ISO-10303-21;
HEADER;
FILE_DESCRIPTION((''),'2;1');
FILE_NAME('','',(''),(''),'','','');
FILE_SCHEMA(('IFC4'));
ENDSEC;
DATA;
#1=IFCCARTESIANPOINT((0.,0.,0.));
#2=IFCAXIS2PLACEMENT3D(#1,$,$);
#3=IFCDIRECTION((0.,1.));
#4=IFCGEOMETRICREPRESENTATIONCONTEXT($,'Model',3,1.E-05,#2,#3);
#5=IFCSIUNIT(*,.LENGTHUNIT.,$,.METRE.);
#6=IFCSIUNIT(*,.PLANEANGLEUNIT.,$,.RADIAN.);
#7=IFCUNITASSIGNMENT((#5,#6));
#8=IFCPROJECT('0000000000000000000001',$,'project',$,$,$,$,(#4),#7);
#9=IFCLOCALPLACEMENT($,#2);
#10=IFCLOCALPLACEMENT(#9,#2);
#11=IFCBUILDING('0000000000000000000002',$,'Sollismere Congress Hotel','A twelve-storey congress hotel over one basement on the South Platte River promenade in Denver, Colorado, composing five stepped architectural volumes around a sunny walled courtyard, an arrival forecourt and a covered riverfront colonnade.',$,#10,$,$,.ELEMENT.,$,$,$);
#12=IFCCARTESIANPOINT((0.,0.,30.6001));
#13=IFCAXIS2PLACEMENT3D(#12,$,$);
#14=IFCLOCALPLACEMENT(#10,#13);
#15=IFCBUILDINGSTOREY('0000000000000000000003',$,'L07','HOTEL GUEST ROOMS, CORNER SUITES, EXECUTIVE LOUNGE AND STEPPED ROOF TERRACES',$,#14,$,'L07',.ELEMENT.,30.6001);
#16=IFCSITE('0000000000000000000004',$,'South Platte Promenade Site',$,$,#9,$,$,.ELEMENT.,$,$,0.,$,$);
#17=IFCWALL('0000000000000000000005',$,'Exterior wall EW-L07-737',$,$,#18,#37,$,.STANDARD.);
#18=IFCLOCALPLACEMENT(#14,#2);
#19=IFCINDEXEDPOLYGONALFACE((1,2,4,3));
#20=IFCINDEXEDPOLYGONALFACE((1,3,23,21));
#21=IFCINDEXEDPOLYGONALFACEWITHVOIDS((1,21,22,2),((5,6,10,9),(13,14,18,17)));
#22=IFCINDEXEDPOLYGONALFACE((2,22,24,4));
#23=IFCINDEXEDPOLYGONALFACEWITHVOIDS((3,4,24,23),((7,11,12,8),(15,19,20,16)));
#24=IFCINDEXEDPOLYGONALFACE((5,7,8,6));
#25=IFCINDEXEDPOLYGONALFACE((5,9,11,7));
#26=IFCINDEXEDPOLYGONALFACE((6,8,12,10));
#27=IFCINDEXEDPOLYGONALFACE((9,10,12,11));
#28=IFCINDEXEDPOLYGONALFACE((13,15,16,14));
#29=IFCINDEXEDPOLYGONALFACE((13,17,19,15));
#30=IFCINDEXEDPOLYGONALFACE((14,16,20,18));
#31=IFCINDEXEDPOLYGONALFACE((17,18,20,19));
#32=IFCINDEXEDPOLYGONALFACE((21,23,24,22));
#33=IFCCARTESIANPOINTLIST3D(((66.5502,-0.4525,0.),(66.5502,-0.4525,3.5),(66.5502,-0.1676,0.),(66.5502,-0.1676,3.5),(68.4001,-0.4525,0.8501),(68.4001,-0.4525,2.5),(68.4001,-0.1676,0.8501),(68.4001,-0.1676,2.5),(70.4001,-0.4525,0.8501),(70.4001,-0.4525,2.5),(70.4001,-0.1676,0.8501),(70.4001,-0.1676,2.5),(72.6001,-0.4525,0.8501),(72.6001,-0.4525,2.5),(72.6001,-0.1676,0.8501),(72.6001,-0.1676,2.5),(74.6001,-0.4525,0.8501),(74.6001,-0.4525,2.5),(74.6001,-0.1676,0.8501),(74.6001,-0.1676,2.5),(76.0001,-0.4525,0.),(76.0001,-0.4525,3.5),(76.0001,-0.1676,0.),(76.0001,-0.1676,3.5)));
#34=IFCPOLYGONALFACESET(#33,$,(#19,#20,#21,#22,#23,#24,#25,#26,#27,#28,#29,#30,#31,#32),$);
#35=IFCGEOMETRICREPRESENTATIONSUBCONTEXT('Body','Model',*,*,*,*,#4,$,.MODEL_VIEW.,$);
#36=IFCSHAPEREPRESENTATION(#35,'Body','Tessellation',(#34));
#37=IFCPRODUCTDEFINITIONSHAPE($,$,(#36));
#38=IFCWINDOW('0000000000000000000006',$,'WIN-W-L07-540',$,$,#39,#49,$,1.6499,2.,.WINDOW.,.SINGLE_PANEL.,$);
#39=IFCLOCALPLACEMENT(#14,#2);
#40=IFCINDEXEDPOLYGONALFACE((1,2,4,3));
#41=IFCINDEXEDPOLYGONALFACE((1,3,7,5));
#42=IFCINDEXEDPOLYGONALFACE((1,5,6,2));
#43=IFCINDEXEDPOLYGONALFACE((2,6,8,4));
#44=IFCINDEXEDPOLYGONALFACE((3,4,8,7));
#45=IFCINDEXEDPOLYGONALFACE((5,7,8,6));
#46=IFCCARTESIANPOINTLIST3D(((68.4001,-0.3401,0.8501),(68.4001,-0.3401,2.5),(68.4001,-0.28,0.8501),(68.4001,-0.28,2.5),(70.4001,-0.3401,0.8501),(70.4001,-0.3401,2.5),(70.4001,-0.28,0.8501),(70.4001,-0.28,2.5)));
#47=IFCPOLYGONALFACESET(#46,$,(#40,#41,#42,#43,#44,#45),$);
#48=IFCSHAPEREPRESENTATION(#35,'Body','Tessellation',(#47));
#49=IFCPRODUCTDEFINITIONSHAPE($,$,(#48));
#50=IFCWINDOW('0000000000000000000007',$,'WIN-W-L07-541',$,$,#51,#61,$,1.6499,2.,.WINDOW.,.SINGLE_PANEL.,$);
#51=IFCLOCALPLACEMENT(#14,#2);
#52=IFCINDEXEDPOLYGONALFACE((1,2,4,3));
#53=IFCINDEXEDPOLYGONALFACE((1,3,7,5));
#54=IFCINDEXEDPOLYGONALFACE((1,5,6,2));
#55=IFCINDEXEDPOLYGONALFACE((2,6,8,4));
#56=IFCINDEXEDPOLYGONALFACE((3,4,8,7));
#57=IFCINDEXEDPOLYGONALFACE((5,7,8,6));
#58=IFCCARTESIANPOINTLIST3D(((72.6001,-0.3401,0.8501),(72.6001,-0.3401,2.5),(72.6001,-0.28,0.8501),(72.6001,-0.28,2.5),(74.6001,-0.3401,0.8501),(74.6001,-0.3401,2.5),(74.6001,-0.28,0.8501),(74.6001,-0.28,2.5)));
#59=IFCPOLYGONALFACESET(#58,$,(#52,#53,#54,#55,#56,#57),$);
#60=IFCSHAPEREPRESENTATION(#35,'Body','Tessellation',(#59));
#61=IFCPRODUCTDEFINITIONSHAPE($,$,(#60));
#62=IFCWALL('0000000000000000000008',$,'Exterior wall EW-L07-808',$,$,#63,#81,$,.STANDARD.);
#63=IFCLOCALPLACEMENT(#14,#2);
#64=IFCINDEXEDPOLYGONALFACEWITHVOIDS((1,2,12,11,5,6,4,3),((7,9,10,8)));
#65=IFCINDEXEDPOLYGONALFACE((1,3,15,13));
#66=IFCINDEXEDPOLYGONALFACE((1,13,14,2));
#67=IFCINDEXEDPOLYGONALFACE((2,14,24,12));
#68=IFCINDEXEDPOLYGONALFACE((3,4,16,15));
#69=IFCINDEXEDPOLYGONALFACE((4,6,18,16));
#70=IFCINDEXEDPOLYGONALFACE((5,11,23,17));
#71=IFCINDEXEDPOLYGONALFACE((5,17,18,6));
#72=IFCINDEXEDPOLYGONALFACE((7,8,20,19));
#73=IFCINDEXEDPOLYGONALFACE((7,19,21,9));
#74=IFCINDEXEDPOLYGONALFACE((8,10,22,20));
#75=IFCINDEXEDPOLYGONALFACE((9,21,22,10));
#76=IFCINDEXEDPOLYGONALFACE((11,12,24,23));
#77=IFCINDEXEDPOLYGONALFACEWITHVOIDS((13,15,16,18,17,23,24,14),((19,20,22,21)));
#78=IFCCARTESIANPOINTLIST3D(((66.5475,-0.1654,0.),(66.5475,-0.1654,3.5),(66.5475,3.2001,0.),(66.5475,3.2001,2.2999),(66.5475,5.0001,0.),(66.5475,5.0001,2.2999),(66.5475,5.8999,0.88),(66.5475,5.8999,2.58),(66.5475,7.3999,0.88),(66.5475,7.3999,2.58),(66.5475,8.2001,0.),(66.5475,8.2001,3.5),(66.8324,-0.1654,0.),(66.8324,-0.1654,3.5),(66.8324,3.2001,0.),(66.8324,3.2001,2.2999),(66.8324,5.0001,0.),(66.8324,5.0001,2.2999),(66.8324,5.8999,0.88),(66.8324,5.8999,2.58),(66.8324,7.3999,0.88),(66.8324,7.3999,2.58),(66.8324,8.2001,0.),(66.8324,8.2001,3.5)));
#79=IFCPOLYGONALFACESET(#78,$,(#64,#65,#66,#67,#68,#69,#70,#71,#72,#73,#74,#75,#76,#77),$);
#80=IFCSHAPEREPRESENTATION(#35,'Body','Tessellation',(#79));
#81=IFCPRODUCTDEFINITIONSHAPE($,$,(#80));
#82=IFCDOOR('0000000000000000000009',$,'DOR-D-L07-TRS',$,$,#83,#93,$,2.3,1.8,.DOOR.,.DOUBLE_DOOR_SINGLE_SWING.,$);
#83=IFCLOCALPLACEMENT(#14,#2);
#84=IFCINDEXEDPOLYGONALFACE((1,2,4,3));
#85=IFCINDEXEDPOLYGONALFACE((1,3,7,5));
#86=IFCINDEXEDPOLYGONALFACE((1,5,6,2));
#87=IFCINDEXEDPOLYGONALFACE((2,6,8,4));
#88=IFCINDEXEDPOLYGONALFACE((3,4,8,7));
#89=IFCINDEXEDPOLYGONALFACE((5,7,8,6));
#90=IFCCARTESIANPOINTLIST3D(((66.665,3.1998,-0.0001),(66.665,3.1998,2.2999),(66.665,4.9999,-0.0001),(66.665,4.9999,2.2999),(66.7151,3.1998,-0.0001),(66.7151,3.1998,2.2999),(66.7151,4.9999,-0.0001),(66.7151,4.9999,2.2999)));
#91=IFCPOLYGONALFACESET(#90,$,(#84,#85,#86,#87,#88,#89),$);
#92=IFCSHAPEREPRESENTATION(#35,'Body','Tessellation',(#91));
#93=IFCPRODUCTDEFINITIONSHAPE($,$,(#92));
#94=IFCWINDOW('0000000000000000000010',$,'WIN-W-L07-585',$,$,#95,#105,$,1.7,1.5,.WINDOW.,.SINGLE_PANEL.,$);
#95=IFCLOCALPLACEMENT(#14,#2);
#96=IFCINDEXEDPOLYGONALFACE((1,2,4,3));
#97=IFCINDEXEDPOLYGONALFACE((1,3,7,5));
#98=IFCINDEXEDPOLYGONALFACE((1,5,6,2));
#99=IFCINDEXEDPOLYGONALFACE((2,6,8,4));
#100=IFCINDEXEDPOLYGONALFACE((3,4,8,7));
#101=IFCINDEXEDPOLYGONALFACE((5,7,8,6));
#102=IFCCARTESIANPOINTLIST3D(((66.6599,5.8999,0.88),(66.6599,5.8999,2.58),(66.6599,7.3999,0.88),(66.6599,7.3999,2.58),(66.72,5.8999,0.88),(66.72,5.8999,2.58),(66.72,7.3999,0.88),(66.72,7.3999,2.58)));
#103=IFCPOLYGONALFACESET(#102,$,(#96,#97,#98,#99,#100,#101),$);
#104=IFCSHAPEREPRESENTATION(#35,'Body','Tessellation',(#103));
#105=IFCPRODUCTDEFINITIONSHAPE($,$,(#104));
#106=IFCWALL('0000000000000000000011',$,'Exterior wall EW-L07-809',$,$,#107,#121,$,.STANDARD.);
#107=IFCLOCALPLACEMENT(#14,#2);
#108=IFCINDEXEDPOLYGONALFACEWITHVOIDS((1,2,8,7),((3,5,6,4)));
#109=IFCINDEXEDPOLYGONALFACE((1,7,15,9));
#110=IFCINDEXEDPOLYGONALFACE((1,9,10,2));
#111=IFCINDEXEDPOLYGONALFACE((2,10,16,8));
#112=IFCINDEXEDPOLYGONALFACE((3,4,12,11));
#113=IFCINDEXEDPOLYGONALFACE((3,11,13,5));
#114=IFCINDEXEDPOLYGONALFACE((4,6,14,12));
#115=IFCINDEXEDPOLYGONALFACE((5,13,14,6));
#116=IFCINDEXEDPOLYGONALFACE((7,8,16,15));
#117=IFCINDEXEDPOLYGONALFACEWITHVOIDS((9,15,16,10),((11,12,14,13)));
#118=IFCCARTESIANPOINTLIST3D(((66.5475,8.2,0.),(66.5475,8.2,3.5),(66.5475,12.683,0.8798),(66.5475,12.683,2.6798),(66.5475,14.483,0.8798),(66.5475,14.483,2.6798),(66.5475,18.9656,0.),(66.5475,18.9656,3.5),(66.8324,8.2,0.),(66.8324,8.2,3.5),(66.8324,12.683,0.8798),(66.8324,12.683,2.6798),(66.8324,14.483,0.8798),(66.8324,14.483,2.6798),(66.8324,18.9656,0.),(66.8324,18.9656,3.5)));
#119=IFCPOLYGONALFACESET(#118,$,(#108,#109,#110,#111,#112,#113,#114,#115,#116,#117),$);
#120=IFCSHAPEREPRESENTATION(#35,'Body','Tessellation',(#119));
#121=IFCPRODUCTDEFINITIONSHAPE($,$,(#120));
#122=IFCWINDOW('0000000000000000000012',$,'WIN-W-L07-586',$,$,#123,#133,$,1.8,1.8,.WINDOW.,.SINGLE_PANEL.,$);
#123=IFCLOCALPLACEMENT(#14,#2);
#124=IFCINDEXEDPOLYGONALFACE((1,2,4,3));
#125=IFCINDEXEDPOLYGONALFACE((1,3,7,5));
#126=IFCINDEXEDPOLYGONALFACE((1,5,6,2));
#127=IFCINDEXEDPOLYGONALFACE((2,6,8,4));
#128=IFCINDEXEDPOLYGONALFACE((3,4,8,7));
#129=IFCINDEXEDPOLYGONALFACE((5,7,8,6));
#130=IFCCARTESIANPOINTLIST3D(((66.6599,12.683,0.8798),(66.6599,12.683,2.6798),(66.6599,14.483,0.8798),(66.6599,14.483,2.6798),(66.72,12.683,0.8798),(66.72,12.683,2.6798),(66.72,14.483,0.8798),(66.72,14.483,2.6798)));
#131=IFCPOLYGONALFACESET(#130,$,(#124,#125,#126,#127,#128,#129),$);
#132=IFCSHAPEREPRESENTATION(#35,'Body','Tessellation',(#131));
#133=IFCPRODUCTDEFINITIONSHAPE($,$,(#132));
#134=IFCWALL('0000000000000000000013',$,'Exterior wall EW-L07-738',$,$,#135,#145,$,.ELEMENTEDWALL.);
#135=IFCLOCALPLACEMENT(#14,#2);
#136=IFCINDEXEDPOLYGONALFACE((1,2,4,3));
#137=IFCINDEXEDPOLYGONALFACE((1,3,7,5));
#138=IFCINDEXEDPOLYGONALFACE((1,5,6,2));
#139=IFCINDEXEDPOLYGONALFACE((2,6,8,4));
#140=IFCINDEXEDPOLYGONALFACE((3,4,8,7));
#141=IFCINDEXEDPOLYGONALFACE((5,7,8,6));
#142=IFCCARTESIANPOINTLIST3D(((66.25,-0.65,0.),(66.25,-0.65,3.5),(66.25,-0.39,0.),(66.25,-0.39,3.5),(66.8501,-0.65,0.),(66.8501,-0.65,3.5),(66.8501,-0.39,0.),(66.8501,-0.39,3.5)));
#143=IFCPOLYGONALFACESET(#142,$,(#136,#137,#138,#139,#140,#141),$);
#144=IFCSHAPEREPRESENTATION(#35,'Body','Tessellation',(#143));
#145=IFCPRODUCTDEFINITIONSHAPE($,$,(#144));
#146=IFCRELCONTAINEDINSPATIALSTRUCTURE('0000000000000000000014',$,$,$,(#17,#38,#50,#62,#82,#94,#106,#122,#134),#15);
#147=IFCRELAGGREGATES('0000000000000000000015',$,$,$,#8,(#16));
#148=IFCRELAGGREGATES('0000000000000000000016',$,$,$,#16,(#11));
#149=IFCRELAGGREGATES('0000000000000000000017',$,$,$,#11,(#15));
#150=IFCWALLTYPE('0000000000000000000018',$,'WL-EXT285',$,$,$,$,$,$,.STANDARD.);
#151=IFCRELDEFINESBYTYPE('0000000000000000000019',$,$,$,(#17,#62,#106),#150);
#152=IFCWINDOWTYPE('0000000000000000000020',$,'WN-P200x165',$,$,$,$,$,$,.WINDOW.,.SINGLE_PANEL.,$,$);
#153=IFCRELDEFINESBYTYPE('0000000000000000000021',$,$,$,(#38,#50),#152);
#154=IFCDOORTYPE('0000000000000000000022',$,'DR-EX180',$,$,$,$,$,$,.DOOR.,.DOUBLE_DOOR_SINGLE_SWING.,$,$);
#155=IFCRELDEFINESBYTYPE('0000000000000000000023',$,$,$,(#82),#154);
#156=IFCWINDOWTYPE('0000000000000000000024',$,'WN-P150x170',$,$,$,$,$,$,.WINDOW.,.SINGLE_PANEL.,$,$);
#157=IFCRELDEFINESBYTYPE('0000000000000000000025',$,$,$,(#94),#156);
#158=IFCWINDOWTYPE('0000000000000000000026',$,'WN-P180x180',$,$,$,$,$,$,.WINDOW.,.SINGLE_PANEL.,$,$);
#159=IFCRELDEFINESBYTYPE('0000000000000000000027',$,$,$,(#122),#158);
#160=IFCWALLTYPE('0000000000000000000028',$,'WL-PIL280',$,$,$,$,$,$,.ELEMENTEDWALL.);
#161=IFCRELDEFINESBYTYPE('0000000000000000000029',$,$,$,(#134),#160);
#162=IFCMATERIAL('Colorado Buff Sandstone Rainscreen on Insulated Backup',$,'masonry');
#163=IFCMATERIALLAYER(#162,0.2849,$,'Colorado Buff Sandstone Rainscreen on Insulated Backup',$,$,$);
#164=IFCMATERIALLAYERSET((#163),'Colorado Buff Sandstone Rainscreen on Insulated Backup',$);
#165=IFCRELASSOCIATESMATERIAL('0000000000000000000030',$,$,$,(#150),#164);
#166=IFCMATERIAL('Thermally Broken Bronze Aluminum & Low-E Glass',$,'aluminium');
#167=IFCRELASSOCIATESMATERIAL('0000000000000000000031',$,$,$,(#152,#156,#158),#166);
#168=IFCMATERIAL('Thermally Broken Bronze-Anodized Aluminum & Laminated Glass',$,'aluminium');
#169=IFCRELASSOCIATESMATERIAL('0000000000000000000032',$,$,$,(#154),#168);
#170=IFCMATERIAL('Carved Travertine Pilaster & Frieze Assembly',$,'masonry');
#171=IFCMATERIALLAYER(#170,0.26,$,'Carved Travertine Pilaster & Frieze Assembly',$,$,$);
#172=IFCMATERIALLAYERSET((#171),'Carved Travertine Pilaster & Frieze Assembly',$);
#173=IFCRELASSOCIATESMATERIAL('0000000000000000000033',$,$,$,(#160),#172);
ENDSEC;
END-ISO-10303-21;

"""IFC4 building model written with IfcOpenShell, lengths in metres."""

from ifc_helpers import new_model, si_unit, direction, frame, frame_2d, origin, place, context, subcontext, project, spatial, rectangle, extrude, material, layer, layer_set, type_object, element, fill, save


model = new_model("IFC4")

# Units and contexts
model_context = context("Model", 3, precision=1e-05, world=origin(), true_north=direction((0.0, 1.0)))
body_context = subcontext(model_context, "Body", "Model", "MODEL_VIEW")
ifc_project = project(units=[si_unit("LENGTHUNIT", "METRE"), si_unit("PLANEANGLEUNIT", "RADIAN")], contexts=[model_context])

# Site, building, storey
site_placement = place(None, origin())
site = spatial("IfcSite", under=ifc_project, at=site_placement, Name="South Platte Promenade Site", CompositionType="ELEMENT", RefElevation=0.0)
building_placement = place(site_placement, origin())
building = spatial("IfcBuilding", under=site, at=building_placement, Name="Sollismere Congress Hotel", Description="A twelve-storey congress hotel over one basement on the South Platte River promenade in Denver, Colorado, composing five stepped architectural volumes around a sunny walled courtyard, an arrival forecourt and a covered riverfront colonnade.", CompositionType="ELEMENT")
storey_placement = place(building_placement, frame((0.0, 0.0, 30.6001)))
storey = spatial("IfcBuildingStorey", under=building, at=storey_placement, Name="L07", Description="HOTEL GUEST ROOMS, CORNER SUITES, EXECUTIVE LOUNGE AND STEPPED ROOF TERRACES", LongName="L07", CompositionType="ELEMENT", Elevation=30.6001)

# Wall, openings, windows
ifc_material_1 = material(Name="Colorado Buff Sandstone Rainscreen on Insulated Backup", Category="masonry")
ifc_layer_1 = layer(ifc_material_1, 0.2849, Name="Colorado Buff Sandstone Rainscreen on Insulated Backup")
ifc_layer_set_1 = layer_set([ifc_layer_1], Name="Colorado Buff Sandstone Rainscreen on Insulated Backup")
wall_type_1 = type_object("IfcWallType", Name="WL-EXT285", PredefinedType="STANDARD", material=ifc_layer_set_1)
wall_1_placement = place(storey_placement, frame((66.55, -0.3101, 0.0), z_axis=(0.0, 0.0, 1.0), x_axis=(1.0, 0.0, 0.0)))
wall_1 = element("IfcWall", 1, at=wall_1_placement, inside=storey, type_object=wall_type_1, Name="Exterior wall EW-L07-737", PredefinedType="STANDARD", context=body_context, shape_type="SweptSolid", body=[
    extrude(rectangle(XDim=9.45, YDim=0.2849, at=frame_2d((4.7251, 0.0))), origin(), (0.0, 0.0, 1.0), 3.5),
])
opening_1_placement = place(wall_1_placement, frame((1.8501, 0.0, 0.8501)))
opening_1 = element("IfcOpeningElement", 2, at=opening_1_placement, cuts=wall_1, PredefinedType="OPENING", context=body_context, shape_type="SweptSolid", body=[
    extrude(rectangle(XDim=2.0, YDim=1.6499, at=frame_2d((1.0, 0.825))), frame((0.0, 0.1523, 0.0), z_axis=(0.0, -1.0, 0.0), x_axis=(1.0, 0.0, 0.0)), (0.0, 0.0, 1.0), 0.3049),
])
opening_2_placement = place(wall_1_placement, frame((6.05, 0.0, 0.8501)))
opening_2 = element("IfcOpeningElement", 3, at=opening_2_placement, cuts=wall_1, PredefinedType="OPENING", context=body_context, shape_type="SweptSolid", body=[
    extrude(rectangle(XDim=2.0, YDim=1.6499, at=frame_2d((1.0, 0.825))), frame((0.0, 0.1523, 0.0), z_axis=(0.0, -1.0, 0.0), x_axis=(1.0, 0.0, 0.0)), (0.0, 0.0, 1.0), 0.3049),
])
ifc_material_2 = material(Name="Thermally Broken Bronze Aluminum & Low-E Glass", Category="aluminium")
window_type_1 = type_object("IfcWindowType", Name="WN-P200x165", PartitioningType="SINGLE_PANEL", PredefinedType="WINDOW", material=ifc_material_2)
window_1_placement = place(opening_1_placement, origin())
window_1 = element("IfcWindow", 4, at=window_1_placement, inside=storey, type_object=window_type_1, Name="WIN-W-L07-540", OverallHeight=1.6499, OverallWidth=2.0, PartitioningType="SINGLE_PANEL", PredefinedType="WINDOW", context=body_context, shape_type="SweptSolid", body=[
    extrude(rectangle(XDim=2.0, YDim=1.6499, at=frame_2d((1.0, 0.825))), frame((0.0, 0.03, 0.0), z_axis=(0.0, -1.0, 0.0), x_axis=(1.0, 0.0, 0.0)), (0.0, 0.0, 1.0), 0.0601),
])
fill(opening_1, window_1)
window_2_placement = place(opening_2_placement, origin())
window_2 = element("IfcWindow", 5, at=window_2_placement, inside=storey, type_object=window_type_1, Name="WIN-W-L07-541", OverallHeight=1.6499, OverallWidth=2.0, PartitioningType="SINGLE_PANEL", PredefinedType="WINDOW", context=body_context, shape_type="SweptSolid", body=[
    extrude(rectangle(XDim=2.0, YDim=1.6499, at=frame_2d((1.0, 0.825))), frame((0.0, 0.03, 0.0), z_axis=(0.0, -1.0, 0.0), x_axis=(1.0, 0.0, 0.0)), (0.0, 0.0, 1.0), 0.0601),
])
fill(opening_2, window_2)

# Wall, openings, door, window
wall_2_placement = place(storey_placement, frame((66.6899, 8.2, 0.0), z_axis=(0.0, 0.0, 1.0), x_axis=(0.0, -1.0, 0.0)))
wall_2 = element("IfcWall", 6, at=wall_2_placement, inside=storey, type_object=wall_type_1, Name="Exterior wall EW-L07-808", PredefinedType="STANDARD", context=body_context, shape_type="SweptSolid", body=[
    extrude(rectangle(XDim=8.3655, YDim=0.2849, at=frame_2d((4.1826, 0.0))), origin(), (0.0, 0.0, 1.0), 3.5),
])
opening_3_placement = place(wall_2_placement, frame((3.2, 0.0, 0.0)))
opening_3 = element("IfcOpeningElement", 7, at=opening_3_placement, cuts=wall_2, PredefinedType="OPENING", context=body_context, shape_type="SweptSolid", body=[
    extrude(rectangle(XDim=1.8, YDim=2.3, at=frame_2d((0.8999, 1.1499))), frame((0.0, 0.1523, 0.0), z_axis=(0.0, -1.0, 0.0), x_axis=(1.0, 0.0, 0.0)), (0.0, 0.0, 1.0), 0.3049),
])
opening_4_placement = place(wall_2_placement, frame((0.8, 0.0, 0.8799)))
opening_4 = element("IfcOpeningElement", 8, at=opening_4_placement, cuts=wall_2, PredefinedType="OPENING", context=body_context, shape_type="SweptSolid", body=[
    extrude(rectangle(XDim=1.5, YDim=1.7, at=frame_2d((0.75, 0.8501))), frame((0.0, 0.1523, 0.0), z_axis=(0.0, -1.0, 0.0), x_axis=(1.0, 0.0, 0.0)), (0.0, 0.0, 1.0), 0.3049),
])
ifc_material_3 = material(Name="Thermally Broken Bronze-Anodized Aluminum & Laminated Glass", Category="aluminium")
door_type = type_object("IfcDoorType", Name="DR-EX180", OperationType="DOUBLE_DOOR_SINGLE_SWING", PredefinedType="DOOR", material=ifc_material_3)
door_placement = place(opening_3_placement, frame((1.8, 0.0, 0.0), z_axis=(0.0, 0.0, 1.0), x_axis=(-1.0, 0.0, 0.0)))
door = element("IfcDoor", 9, at=door_placement, inside=storey, type_object=door_type, Name="DOR-D-L07-TRS", OperationType="DOUBLE_DOOR_SINGLE_SWING", OverallHeight=2.3, OverallWidth=1.8, PredefinedType="DOOR", context=body_context, shape_type="SweptSolid", body=[
    extrude(rectangle(XDim=1.8, YDim=2.3, at=frame_2d((0.8999, 1.1499))), frame((0.0, 0.0249, 0.0), z_axis=(0.0, -1.0, 0.0), x_axis=(1.0, 0.0, 0.0)), (0.0, 0.0, 1.0), 0.05),
])
fill(opening_3, door)
window_type_2 = type_object("IfcWindowType", Name="WN-P150x170", PartitioningType="SINGLE_PANEL", PredefinedType="WINDOW", material=ifc_material_2)
window_3_placement = place(opening_4_placement, origin())
window_3 = element("IfcWindow", 10, at=window_3_placement, inside=storey, type_object=window_type_2, Name="WIN-W-L07-585", OverallHeight=1.7, OverallWidth=1.5, PartitioningType="SINGLE_PANEL", PredefinedType="WINDOW", context=body_context, shape_type="SweptSolid", body=[
    extrude(rectangle(XDim=1.5, YDim=1.7, at=frame_2d((0.75, 0.8501))), frame((0.0, 0.03, 0.0), z_axis=(0.0, -1.0, 0.0), x_axis=(1.0, 0.0, 0.0)), (0.0, 0.0, 1.0), 0.0601),
])
fill(opening_4, window_3)

# Wall, opening, window
wall_3_placement = place(storey_placement, frame((66.6899, 18.9656, 0.0), z_axis=(0.0, 0.0, 1.0), x_axis=(0.0, -1.0, 0.0)))
wall_3 = element("IfcWall", 11, at=wall_3_placement, inside=storey, type_object=wall_type_1, Name="Exterior wall EW-L07-809", PredefinedType="STANDARD", context=body_context, shape_type="SweptSolid", body=[
    extrude(rectangle(XDim=10.7656, YDim=0.2849, at=frame_2d((5.3828, 0.0))), origin(), (0.0, 0.0, 1.0), 3.5),
])
opening_5_placement = place(wall_3_placement, frame((4.4827, 0.0, 0.8799)))
opening_5 = element("IfcOpeningElement", 12, at=opening_5_placement, cuts=wall_3, PredefinedType="OPENING", context=body_context, shape_type="SweptSolid", body=[
    extrude(rectangle(XDim=1.8, YDim=1.8, at=frame_2d((0.8999, 0.8999))), frame((0.0, 0.1523, 0.0), z_axis=(0.0, -1.0, 0.0), x_axis=(1.0, 0.0, 0.0)), (0.0, 0.0, 1.0), 0.3049),
])
window_type_3 = type_object("IfcWindowType", Name="WN-P180x180", PartitioningType="SINGLE_PANEL", PredefinedType="WINDOW", material=ifc_material_2)
window_4_placement = place(opening_5_placement, origin())
window_4 = element("IfcWindow", 13, at=window_4_placement, inside=storey, type_object=window_type_3, Name="WIN-W-L07-586", OverallHeight=1.8, OverallWidth=1.8, PartitioningType="SINGLE_PANEL", PredefinedType="WINDOW", context=body_context, shape_type="SweptSolid", body=[
    extrude(rectangle(XDim=1.8, YDim=1.8, at=frame_2d((0.8999, 0.8999))), frame((0.0, 0.03, 0.0), z_axis=(0.0, -1.0, 0.0), x_axis=(1.0, 0.0, 0.0)), (0.0, 0.0, 1.0), 0.0601),
])
fill(opening_5, window_4)

# Wall
ifc_material_4 = material(Name="Carved Travertine Pilaster & Frieze Assembly", Category="masonry")
ifc_layer_2 = layer(ifc_material_4, 0.26, Name="Carved Travertine Pilaster & Frieze Assembly")
ifc_layer_set_2 = layer_set([ifc_layer_2], Name="Carved Travertine Pilaster & Frieze Assembly")
wall_type_2 = type_object("IfcWallType", Name="WL-PIL280", PredefinedType="ELEMENTEDWALL", material=ifc_layer_set_2)
wall_4_placement = place(storey_placement, frame((66.25, -0.52, 0.0), z_axis=(0.0, 0.0, 1.0), x_axis=(1.0, 0.0, 0.0)))
element("IfcWall", 14, at=wall_4_placement, inside=storey, type_object=wall_type_2, Name="Exterior wall EW-L07-738", PredefinedType="ELEMENTEDWALL", context=body_context, shape_type="SweptSolid", body=[
    extrude(rectangle(XDim=0.6001, YDim=0.26, at=frame_2d((0.3, 0.0))), origin(), (0.0, 0.0, 1.0), 3.5),
])

save(model, "model.ifc")
